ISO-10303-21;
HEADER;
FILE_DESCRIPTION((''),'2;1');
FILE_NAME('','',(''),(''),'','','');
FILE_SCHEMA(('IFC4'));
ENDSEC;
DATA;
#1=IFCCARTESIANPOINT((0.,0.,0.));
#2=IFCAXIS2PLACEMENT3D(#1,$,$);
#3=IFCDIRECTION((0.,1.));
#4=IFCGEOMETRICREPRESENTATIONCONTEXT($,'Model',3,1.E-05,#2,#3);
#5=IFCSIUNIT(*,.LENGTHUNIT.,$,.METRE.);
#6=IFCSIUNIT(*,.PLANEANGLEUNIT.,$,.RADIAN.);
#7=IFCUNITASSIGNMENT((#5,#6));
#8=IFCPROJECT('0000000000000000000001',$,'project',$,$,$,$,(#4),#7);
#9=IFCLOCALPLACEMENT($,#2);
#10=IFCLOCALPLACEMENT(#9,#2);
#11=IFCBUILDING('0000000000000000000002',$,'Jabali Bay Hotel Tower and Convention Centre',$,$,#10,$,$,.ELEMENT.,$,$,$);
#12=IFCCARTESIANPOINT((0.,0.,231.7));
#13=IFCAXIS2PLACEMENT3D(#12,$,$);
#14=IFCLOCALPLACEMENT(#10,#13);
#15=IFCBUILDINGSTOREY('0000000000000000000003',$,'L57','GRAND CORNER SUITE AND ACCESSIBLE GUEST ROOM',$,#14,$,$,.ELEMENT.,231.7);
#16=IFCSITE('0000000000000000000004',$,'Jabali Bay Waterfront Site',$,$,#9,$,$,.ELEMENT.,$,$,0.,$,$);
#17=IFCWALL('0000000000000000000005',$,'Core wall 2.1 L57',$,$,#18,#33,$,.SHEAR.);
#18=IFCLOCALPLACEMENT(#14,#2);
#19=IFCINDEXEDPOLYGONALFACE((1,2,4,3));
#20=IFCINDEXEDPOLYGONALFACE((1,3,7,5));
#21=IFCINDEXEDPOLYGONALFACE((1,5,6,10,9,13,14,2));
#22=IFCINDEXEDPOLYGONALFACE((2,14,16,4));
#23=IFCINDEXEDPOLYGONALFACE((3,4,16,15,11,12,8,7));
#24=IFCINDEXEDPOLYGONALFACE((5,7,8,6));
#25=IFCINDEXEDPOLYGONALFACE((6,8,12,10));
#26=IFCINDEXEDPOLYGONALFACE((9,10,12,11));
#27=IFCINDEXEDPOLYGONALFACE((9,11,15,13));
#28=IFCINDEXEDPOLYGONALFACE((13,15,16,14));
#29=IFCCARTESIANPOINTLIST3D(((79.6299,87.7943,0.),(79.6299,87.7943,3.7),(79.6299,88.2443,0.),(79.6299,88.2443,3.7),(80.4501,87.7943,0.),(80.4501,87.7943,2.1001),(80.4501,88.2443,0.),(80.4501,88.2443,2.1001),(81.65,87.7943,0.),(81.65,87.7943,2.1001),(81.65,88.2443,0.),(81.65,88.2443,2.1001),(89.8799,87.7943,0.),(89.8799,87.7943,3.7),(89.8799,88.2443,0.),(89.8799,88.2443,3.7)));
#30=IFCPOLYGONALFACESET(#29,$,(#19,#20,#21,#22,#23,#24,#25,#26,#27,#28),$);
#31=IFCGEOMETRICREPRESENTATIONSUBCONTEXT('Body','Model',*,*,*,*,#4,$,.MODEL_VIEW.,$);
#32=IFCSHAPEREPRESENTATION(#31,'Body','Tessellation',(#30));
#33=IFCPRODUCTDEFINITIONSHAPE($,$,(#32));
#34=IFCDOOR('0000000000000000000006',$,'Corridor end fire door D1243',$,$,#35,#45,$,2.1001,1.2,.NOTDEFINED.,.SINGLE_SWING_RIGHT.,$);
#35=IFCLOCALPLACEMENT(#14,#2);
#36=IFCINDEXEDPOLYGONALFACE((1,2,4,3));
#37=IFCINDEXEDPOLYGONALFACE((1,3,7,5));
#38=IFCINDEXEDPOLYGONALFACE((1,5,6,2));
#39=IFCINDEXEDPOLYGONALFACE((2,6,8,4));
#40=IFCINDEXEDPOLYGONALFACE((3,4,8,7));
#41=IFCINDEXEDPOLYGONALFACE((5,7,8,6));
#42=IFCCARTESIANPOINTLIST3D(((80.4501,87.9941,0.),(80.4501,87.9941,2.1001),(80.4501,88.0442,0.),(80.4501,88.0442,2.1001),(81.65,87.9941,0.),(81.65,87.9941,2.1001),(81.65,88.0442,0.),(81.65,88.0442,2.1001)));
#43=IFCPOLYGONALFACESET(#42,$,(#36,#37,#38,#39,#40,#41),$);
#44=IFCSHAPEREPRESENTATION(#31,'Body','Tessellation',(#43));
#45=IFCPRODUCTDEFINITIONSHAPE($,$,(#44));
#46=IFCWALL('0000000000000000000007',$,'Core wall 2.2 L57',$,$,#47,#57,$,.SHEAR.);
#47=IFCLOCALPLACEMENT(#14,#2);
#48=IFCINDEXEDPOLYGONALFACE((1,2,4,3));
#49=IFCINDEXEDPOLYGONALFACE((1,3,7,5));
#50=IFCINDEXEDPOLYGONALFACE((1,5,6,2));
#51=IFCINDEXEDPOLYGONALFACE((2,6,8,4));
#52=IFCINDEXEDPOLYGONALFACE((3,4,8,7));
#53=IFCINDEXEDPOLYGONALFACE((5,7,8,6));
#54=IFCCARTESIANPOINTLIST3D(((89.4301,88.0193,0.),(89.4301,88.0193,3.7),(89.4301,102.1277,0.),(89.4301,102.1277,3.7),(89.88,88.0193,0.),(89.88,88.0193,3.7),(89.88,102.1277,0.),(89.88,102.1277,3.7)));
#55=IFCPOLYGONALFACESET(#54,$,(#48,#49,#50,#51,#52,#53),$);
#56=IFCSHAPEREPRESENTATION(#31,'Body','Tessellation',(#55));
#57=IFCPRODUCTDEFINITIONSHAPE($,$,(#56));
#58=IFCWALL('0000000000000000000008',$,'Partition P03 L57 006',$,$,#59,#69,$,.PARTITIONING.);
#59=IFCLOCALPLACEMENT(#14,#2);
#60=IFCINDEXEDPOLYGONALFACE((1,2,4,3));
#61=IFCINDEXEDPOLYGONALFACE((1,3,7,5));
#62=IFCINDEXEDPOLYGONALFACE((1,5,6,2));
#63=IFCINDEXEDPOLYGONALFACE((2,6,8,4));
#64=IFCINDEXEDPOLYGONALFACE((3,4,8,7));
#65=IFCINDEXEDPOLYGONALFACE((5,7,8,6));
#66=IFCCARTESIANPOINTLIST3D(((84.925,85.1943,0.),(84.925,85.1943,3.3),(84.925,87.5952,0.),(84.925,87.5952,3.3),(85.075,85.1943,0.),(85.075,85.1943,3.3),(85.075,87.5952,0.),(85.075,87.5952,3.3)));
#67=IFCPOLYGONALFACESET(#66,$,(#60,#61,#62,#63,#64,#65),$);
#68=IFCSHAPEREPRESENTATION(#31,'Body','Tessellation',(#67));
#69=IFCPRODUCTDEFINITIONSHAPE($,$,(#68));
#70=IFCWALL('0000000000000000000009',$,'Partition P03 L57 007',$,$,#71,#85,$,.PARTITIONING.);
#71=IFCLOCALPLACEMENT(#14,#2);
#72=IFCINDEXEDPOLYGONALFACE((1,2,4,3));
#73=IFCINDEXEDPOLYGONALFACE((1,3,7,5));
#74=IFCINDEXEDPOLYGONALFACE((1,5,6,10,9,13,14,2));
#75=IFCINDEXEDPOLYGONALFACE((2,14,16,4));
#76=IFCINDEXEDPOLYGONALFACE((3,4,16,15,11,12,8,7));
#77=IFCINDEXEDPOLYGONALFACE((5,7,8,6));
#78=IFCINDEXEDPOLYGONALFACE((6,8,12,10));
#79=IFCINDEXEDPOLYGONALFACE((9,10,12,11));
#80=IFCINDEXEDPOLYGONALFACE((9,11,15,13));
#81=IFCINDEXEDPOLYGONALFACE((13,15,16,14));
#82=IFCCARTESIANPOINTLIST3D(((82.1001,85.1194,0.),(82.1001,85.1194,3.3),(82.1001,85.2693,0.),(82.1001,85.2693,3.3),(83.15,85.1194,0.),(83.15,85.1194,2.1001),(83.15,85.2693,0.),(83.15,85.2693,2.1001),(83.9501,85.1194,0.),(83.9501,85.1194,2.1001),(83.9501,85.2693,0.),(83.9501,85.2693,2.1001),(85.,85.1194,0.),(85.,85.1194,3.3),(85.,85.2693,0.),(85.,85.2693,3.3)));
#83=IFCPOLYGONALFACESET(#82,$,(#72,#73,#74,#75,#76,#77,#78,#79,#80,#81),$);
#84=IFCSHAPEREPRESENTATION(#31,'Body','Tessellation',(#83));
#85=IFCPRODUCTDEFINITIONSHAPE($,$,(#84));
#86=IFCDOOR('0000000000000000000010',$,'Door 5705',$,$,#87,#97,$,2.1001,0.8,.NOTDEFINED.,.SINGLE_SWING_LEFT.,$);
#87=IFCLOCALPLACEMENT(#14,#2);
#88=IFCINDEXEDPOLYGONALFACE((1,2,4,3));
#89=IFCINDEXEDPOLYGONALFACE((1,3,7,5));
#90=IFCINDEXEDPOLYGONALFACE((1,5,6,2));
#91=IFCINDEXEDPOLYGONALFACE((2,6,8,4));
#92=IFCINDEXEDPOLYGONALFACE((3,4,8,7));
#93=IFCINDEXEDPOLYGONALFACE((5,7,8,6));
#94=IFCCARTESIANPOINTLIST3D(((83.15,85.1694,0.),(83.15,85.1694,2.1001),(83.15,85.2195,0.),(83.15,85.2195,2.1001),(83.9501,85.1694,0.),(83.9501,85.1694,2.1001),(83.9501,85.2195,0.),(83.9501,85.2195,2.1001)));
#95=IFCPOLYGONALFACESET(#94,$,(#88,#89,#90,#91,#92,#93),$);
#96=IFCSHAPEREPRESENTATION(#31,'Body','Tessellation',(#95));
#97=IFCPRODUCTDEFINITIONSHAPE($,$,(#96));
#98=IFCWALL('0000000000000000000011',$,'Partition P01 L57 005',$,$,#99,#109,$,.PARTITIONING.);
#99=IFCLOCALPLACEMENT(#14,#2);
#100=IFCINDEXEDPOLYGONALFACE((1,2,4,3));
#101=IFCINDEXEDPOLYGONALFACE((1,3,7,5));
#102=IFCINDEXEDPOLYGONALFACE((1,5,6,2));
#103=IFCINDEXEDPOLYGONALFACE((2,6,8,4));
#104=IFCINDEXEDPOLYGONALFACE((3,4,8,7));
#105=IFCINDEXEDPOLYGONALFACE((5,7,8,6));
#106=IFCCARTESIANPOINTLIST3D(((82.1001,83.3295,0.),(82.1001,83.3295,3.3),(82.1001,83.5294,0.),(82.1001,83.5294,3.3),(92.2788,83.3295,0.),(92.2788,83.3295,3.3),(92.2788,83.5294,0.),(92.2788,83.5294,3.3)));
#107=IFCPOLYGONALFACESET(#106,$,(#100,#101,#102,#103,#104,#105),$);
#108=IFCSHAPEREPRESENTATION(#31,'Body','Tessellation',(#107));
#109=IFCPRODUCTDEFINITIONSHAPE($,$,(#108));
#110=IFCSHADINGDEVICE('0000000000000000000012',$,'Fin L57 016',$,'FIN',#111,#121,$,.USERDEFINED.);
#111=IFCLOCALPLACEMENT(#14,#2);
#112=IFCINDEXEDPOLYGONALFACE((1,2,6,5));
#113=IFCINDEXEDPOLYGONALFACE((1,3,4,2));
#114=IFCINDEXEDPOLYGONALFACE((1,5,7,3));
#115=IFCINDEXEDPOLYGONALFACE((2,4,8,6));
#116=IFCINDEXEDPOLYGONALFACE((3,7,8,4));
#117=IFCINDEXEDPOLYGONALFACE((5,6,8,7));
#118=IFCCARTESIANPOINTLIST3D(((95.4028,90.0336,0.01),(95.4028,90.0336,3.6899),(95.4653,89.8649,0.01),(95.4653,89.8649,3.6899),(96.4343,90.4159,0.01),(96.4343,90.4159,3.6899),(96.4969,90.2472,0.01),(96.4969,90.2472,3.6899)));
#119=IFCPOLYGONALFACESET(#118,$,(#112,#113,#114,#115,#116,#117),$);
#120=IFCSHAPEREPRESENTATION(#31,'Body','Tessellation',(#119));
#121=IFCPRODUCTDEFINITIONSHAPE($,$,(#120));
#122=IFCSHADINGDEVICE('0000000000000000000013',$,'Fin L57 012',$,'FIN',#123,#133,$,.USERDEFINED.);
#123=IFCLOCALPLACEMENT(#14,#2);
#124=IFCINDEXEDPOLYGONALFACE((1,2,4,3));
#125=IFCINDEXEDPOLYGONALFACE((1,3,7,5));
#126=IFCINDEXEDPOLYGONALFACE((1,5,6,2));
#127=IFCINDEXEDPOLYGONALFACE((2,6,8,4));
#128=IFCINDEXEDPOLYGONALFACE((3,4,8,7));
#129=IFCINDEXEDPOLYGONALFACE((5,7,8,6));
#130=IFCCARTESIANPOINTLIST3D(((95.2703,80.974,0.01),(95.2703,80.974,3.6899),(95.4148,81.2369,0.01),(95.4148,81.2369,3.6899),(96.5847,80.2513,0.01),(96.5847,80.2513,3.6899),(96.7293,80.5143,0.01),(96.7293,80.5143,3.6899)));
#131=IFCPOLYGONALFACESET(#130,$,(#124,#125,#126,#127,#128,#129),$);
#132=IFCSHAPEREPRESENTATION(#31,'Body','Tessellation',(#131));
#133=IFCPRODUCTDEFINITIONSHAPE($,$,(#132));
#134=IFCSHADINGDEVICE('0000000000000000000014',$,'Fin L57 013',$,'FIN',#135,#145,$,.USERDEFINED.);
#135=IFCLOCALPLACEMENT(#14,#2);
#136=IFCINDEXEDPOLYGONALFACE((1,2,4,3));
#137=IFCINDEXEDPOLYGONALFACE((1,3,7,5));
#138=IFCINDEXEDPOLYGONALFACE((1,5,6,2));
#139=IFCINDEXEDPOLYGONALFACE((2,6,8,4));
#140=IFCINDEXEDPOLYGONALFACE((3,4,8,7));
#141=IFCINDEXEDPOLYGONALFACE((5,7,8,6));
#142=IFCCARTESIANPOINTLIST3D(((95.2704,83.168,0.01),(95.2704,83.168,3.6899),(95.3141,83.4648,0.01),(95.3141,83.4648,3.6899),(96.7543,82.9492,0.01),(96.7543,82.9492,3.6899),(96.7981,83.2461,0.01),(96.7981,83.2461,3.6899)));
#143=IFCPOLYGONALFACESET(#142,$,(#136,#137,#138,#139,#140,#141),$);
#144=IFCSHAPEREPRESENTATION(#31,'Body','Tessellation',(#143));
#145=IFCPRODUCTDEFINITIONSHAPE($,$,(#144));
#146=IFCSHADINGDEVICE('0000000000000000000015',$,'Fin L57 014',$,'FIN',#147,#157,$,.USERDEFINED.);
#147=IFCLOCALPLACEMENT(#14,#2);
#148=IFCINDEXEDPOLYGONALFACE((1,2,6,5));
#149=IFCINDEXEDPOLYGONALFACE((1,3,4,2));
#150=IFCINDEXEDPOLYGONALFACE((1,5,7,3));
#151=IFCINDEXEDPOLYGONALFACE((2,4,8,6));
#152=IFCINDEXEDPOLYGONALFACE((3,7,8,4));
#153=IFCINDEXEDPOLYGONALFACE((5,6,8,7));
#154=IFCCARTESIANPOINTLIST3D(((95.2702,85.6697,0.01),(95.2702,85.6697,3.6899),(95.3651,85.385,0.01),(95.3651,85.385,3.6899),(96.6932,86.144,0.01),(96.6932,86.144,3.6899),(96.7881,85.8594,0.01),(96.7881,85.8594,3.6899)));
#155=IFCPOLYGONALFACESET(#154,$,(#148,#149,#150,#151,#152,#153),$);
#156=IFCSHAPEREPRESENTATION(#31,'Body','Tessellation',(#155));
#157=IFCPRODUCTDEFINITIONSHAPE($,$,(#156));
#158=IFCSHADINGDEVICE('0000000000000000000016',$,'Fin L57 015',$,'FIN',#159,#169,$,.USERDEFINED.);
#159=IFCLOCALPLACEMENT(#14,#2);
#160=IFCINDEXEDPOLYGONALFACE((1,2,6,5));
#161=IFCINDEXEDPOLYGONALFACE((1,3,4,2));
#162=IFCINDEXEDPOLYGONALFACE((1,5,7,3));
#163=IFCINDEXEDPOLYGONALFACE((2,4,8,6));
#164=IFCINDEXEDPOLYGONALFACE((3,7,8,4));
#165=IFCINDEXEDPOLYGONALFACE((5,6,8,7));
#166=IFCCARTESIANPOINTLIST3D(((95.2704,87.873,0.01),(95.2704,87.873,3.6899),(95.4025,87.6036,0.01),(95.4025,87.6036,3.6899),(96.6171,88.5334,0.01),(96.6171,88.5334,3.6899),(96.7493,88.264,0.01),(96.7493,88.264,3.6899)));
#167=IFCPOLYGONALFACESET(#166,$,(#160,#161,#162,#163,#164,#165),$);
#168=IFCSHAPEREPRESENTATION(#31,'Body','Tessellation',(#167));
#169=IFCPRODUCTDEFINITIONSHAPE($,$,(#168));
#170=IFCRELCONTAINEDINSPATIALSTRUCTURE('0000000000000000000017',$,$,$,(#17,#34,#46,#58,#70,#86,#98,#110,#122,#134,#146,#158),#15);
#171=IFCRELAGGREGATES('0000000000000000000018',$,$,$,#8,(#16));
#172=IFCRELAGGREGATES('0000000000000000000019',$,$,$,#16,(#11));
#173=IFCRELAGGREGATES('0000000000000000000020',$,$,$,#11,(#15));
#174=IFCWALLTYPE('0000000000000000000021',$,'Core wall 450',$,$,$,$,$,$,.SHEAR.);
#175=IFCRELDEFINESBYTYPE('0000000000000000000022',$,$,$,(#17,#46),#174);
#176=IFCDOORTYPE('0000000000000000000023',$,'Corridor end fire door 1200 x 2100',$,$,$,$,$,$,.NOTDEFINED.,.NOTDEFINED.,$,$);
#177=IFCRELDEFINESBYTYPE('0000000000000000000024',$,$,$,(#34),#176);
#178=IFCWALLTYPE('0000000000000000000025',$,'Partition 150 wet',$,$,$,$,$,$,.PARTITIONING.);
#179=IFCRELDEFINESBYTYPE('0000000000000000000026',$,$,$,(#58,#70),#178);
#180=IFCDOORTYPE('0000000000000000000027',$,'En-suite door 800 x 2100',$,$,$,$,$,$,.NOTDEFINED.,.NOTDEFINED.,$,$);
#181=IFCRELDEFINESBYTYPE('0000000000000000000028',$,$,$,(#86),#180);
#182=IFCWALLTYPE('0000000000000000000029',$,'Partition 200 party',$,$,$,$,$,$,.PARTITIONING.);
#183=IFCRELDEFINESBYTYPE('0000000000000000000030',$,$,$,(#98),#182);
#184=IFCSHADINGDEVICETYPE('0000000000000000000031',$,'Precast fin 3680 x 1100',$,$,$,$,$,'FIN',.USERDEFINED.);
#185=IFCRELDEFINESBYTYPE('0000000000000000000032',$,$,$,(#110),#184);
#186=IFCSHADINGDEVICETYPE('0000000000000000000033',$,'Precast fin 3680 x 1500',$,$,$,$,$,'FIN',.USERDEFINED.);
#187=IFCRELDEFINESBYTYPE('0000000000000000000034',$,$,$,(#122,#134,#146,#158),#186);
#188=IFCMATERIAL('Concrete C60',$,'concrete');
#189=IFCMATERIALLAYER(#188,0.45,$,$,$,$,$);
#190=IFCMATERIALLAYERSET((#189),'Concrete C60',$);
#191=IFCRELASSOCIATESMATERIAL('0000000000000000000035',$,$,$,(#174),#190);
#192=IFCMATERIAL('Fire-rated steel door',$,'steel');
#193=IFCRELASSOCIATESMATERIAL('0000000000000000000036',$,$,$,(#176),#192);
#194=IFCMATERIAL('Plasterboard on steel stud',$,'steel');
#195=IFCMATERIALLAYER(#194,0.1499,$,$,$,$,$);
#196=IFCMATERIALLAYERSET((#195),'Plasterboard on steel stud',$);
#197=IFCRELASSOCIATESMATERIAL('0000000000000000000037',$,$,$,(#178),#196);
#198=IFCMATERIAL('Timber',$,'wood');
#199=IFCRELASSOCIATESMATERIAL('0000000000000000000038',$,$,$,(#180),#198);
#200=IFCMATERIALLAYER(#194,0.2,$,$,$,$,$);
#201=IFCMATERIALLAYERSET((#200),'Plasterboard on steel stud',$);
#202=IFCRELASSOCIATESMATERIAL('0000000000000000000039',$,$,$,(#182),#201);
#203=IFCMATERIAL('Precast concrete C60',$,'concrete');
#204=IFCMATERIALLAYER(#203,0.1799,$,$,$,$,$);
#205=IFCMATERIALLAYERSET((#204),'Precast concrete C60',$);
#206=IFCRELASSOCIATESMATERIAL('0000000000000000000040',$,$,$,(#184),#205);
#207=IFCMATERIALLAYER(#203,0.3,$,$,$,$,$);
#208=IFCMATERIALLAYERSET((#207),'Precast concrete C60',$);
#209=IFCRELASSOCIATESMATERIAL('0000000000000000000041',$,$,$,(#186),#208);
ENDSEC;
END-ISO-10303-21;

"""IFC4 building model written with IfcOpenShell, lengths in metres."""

from ifc_helpers import new_model, si_unit, direction, frame, frame_2d, origin, place, context, subcontext, project, spatial, rectangle, extrude, material, layer, layer_set, type_object, element, fill, save


model = new_model("IFC4")

# Units and contexts
model_context = context("Model", 3, precision=1e-05, world=origin(), true_north=direction((0.0, 1.0)))
body_context = subcontext(model_context, "Body", "Model", "MODEL_VIEW")
ifc_project = project(units=[si_unit("LENGTHUNIT", "METRE"), si_unit("PLANEANGLEUNIT", "RADIAN")], contexts=[model_context])

# Site, building, storey
site_placement = place(None, origin())
site = spatial("IfcSite", under=ifc_project, at=site_placement, Name="Jabali Bay Waterfront Site", CompositionType="ELEMENT", RefElevation=0.0)
building_placement = place(site_placement, origin())
building = spatial("IfcBuilding", under=site, at=building_placement, Name="Jabali Bay Hotel Tower and Convention Centre", CompositionType="ELEMENT")
storey_placement = place(building_placement, frame((0.0, 0.0, 231.7)))
storey = spatial("IfcBuildingStorey", under=building, at=storey_placement, Name="L57", Description="GRAND CORNER SUITE AND ACCESSIBLE GUEST ROOM", CompositionType="ELEMENT", Elevation=231.7)

# Shared definitions
ifc_material_1 = material(Name="Concrete C60", Category="concrete")

# Shared definitions
ifc_material_2 = material(Name="Fire-rated steel door", Category="steel")

# Wall, opening, door
ifc_layer_1 = layer(ifc_material_1, 0.45)
ifc_layer_set_1 = layer_set([ifc_layer_1], Name="Concrete C60")
wall_type_1 = type_object("IfcWallType", Name="Core wall 450", PredefinedType="SHEAR", material=ifc_layer_set_1)
wall_1_placement = place(storey_placement, frame((79.6299, 88.0193, 0.0), z_axis=(0.0, 0.0, 1.0), x_axis=(1.0, 0.0, 0.0)))
wall_1 = element("IfcWall", 1, at=wall_1_placement, inside=storey, type_object=wall_type_1, Name="Core wall 2.1 L57", PredefinedType="SHEAR", context=body_context, shape_type="SweptSolid", body=[
    extrude(rectangle(XDim=10.25, YDim=0.45, at=frame_2d((5.125, 0.0))), origin(), (0.0, 0.0, 1.0), 3.7),
])
opening_1_placement = place(wall_1_placement, frame((0.8201, 0.0, 0.0)))
opening_1 = element("IfcOpeningElement", 2, at=opening_1_placement, cuts=wall_1, PredefinedType="OPENING", context=body_context, shape_type="SweptSolid", body=[
    extrude(rectangle(XDim=1.2, YDim=2.1001, at=frame_2d((0.6001, 1.05))), frame((0.0, 0.2354, 0.0), z_axis=(0.0, -1.0, 0.0), x_axis=(1.0, 0.0, 0.0)), (0.0, 0.0, 1.0), 0.4709),
])
door_type_1 = type_object("IfcDoorType", Name="Corridor end fire door 1200 x 2100", OperationType="NOTDEFINED", PredefinedType="NOTDEFINED", material=ifc_material_2)
door_1_placement = place(opening_1_placement, origin())
door_1 = element("IfcDoor", 3, at=door_1_placement, inside=storey, type_object=door_type_1, Name="Corridor end fire door D1243", OperationType="SINGLE_SWING_RIGHT", OverallHeight=2.1001, OverallWidth=1.2, PredefinedType="NOTDEFINED", context=body_context, shape_type="SweptSolid", body=[
    extrude(rectangle(XDim=1.2, YDim=2.1001, at=frame_2d((0.6001, 1.05))), frame((0.0, 0.0249, 0.0), z_axis=(0.0, -1.0, 0.0), x_axis=(1.0, 0.0, 0.0)), (0.0, 0.0, 1.0), 0.05),
])
fill(opening_1, door_1)

# Walls
wall_2_placement = place(storey_placement, frame((89.655, 88.0193, 0.0), z_axis=(0.0, 0.0, 1.0), x_axis=(0.0, 1.0, 0.0)))
element("IfcWall", 4, at=wall_2_placement, inside=storey, type_object=wall_type_1, Name="Core wall 2.2 L57", PredefinedType="SHEAR", context=body_context, shape_type="SweptSolid", body=[
    extrude(rectangle(XDim=14.1084, YDim=0.45, at=frame_2d((7.0542, 0.0))), origin(), (0.0, 0.0, 1.0), 3.7),
])
ifc_material_3 = material(Name="Plasterboard on steel stud", Category="steel")
ifc_layer_2 = layer(ifc_material_3, 0.1499)
ifc_layer_set_2 = layer_set([ifc_layer_2], Name="Plasterboard on steel stud")
wall_type_2 = type_object("IfcWallType", Name="Partition 150 wet", PredefinedType="PARTITIONING", material=ifc_layer_set_2)
wall_3_placement = place(storey_placement, frame((85.0, 87.5952, 0.0), z_axis=(0.0, 0.0, 1.0), x_axis=(0.0, -1.0, 0.0)))
element("IfcWall", 5, at=wall_3_placement, inside=storey, type_object=wall_type_2, Name="Partition P03 L57 006", PredefinedType="PARTITIONING", context=body_context, shape_type="SweptSolid", body=[
    extrude(rectangle(XDim=2.4009, YDim=0.1499, at=frame_2d((1.2004, 0.0))), origin(), (0.0, 0.0, 1.0), 3.3),
])

# Wall, opening, door
wall_4_placement = place(storey_placement, frame((85.0, 85.1943, 0.0), z_axis=(0.0, 0.0, 1.0), x_axis=(-1.0, 0.0, 0.0)))
wall_4 = element("IfcWall", 6, at=wall_4_placement, inside=storey, type_object=wall_type_2, Name="Partition P03 L57 007", PredefinedType="PARTITIONING", context=body_context, shape_type="SweptSolid", body=[
    extrude(rectangle(XDim=2.8999, YDim=0.1499, at=frame_2d((1.45, 0.0))), origin(), (0.0, 0.0, 1.0), 3.3),
])
opening_2_placement = place(wall_4_placement, frame((1.05, 0.0, 0.0)))
opening_2 = element("IfcOpeningElement", 7, at=opening_2_placement, cuts=wall_4, PredefinedType="OPENING", context=body_context, shape_type="SweptSolid", body=[
    extrude(rectangle(XDim=0.8, YDim=2.1001, at=frame_2d((0.3999, 1.05))), frame((0.0, 0.0854, 0.0), z_axis=(0.0, -1.0, 0.0), x_axis=(1.0, 0.0, 0.0)), (0.0, 0.0, 1.0), 0.1709),
])
ifc_material_4 = material(Name="Timber", Category="wood")
door_type_2 = type_object("IfcDoorType", Name="En-suite door 800 x 2100", OperationType="NOTDEFINED", PredefinedType="NOTDEFINED", material=ifc_material_4)
door_2_placement = place(opening_2_placement, origin())
door_2 = element("IfcDoor", 8, at=door_2_placement, inside=storey, type_object=door_type_2, Name="Door 5705", OperationType="SINGLE_SWING_LEFT", OverallHeight=2.1001, OverallWidth=0.8, PredefinedType="NOTDEFINED", context=body_context, shape_type="SweptSolid", body=[
    extrude(rectangle(XDim=0.8, YDim=2.1001, at=frame_2d((0.3999, 1.05))), frame((0.0, 0.0249, 0.0), z_axis=(0.0, -1.0, 0.0), x_axis=(1.0, 0.0, 0.0)), (0.0, 0.0, 1.0), 0.05),
])
fill(opening_2, door_2)

# Wall
ifc_layer_3 = layer(ifc_material_3, 0.2)
ifc_layer_set_3 = layer_set([ifc_layer_3], Name="Plasterboard on steel stud")
wall_type_3 = type_object("IfcWallType", Name="Partition 200 party", PredefinedType="PARTITIONING", material=ifc_layer_set_3)
wall_5_placement = place(storey_placement, frame((92.2788, 83.4294, 0.0), z_axis=(0.0, 0.0, 1.0), x_axis=(-1.0, 0.0, 0.0)))
element("IfcWall", 9, at=wall_5_placement, inside=storey, type_object=wall_type_3, Name="Partition P01 L57 005", PredefinedType="PARTITIONING", context=body_context, shape_type="SweptSolid", body=[
    extrude(rectangle(XDim=10.1787, YDim=0.2, at=frame_2d((5.0894, 0.0))), origin(), (0.0, 0.0, 1.0), 3.3),
])

# Shading devices
ifc_material_5 = material(Name="Precast concrete C60", Category="concrete")
ifc_layer_4 = layer(ifc_material_5, 0.1799)
ifc_layer_set_4 = layer_set([ifc_layer_4], Name="Precast concrete C60")
shading_device_type_1 = type_object("IfcShadingDeviceType", Name="Precast fin 3680 x 1100", ElementType="FIN", PredefinedType="USERDEFINED", material=ifc_layer_set_4)
shading_device_placement = place(storey_placement, frame((95.4341, 89.9492, 0.01), z_axis=(0.0, 0.0, 1.0), x_axis=(0.937663, 0.347546, 0.0)))
element("IfcShadingDevice", 10, at=shading_device_placement, inside=storey, type_object=shading_device_type_1, Name="Fin L57 016", ObjectType="FIN", PredefinedType="USERDEFINED", context=body_context, shape_type="SweptSolid", body=[
    extrude(rectangle(XDim=1.1001, YDim=0.1799, at=frame_2d((0.55, 0.0))), origin(), (0.0, 0.0, 1.0), 3.6799),
])
ifc_layer_5 = layer(ifc_material_5, 0.3)
ifc_layer_set_5 = layer_set([ifc_layer_5], Name="Precast concrete C60")
shading_device_type_2 = type_object("IfcShadingDeviceType", Name="Precast fin 3680 x 1500", ElementType="FIN", PredefinedType="USERDEFINED", material=ifc_layer_set_5)
for number, where, z_axis, x_axis, name in (
    (11, (95.3425, 81.1055, 0.01), (0.0, 0.0, 1.0), (0.876298, -0.481769, 0.0), "Fin L57 012"),
    (12, (95.2922, 83.3164, 0.01), (0.0, 0.0, 1.0), (0.989308, -0.145841, 0.0), "Fin L57 013"),
    (13, (95.3176, 85.5273, 0.01), (0.0, 0.0, 1.0), (0.948683, 0.316228, 0.0), "Fin L57 014"),
    (14, (95.3364, 87.7383, 0.01), (0.0, 0.0, 1.0), (0.897851, 0.440299, 0.0), "Fin L57 015"),
):
    element("IfcShadingDevice", number, at=place(storey_placement, frame(where, z_axis=z_axis, x_axis=x_axis)), inside=storey, type_object=shading_device_type_2, Name=name, ObjectType="FIN", PredefinedType="USERDEFINED", context=body_context, shape_type="SweptSolid", body=[
        extrude(rectangle(XDim=1.5, YDim=0.3, at=frame_2d((0.75, 0.0))), origin(), (0.0, 0.0, 1.0), 3.6799),
    ])

save(model, "model.ifc")
